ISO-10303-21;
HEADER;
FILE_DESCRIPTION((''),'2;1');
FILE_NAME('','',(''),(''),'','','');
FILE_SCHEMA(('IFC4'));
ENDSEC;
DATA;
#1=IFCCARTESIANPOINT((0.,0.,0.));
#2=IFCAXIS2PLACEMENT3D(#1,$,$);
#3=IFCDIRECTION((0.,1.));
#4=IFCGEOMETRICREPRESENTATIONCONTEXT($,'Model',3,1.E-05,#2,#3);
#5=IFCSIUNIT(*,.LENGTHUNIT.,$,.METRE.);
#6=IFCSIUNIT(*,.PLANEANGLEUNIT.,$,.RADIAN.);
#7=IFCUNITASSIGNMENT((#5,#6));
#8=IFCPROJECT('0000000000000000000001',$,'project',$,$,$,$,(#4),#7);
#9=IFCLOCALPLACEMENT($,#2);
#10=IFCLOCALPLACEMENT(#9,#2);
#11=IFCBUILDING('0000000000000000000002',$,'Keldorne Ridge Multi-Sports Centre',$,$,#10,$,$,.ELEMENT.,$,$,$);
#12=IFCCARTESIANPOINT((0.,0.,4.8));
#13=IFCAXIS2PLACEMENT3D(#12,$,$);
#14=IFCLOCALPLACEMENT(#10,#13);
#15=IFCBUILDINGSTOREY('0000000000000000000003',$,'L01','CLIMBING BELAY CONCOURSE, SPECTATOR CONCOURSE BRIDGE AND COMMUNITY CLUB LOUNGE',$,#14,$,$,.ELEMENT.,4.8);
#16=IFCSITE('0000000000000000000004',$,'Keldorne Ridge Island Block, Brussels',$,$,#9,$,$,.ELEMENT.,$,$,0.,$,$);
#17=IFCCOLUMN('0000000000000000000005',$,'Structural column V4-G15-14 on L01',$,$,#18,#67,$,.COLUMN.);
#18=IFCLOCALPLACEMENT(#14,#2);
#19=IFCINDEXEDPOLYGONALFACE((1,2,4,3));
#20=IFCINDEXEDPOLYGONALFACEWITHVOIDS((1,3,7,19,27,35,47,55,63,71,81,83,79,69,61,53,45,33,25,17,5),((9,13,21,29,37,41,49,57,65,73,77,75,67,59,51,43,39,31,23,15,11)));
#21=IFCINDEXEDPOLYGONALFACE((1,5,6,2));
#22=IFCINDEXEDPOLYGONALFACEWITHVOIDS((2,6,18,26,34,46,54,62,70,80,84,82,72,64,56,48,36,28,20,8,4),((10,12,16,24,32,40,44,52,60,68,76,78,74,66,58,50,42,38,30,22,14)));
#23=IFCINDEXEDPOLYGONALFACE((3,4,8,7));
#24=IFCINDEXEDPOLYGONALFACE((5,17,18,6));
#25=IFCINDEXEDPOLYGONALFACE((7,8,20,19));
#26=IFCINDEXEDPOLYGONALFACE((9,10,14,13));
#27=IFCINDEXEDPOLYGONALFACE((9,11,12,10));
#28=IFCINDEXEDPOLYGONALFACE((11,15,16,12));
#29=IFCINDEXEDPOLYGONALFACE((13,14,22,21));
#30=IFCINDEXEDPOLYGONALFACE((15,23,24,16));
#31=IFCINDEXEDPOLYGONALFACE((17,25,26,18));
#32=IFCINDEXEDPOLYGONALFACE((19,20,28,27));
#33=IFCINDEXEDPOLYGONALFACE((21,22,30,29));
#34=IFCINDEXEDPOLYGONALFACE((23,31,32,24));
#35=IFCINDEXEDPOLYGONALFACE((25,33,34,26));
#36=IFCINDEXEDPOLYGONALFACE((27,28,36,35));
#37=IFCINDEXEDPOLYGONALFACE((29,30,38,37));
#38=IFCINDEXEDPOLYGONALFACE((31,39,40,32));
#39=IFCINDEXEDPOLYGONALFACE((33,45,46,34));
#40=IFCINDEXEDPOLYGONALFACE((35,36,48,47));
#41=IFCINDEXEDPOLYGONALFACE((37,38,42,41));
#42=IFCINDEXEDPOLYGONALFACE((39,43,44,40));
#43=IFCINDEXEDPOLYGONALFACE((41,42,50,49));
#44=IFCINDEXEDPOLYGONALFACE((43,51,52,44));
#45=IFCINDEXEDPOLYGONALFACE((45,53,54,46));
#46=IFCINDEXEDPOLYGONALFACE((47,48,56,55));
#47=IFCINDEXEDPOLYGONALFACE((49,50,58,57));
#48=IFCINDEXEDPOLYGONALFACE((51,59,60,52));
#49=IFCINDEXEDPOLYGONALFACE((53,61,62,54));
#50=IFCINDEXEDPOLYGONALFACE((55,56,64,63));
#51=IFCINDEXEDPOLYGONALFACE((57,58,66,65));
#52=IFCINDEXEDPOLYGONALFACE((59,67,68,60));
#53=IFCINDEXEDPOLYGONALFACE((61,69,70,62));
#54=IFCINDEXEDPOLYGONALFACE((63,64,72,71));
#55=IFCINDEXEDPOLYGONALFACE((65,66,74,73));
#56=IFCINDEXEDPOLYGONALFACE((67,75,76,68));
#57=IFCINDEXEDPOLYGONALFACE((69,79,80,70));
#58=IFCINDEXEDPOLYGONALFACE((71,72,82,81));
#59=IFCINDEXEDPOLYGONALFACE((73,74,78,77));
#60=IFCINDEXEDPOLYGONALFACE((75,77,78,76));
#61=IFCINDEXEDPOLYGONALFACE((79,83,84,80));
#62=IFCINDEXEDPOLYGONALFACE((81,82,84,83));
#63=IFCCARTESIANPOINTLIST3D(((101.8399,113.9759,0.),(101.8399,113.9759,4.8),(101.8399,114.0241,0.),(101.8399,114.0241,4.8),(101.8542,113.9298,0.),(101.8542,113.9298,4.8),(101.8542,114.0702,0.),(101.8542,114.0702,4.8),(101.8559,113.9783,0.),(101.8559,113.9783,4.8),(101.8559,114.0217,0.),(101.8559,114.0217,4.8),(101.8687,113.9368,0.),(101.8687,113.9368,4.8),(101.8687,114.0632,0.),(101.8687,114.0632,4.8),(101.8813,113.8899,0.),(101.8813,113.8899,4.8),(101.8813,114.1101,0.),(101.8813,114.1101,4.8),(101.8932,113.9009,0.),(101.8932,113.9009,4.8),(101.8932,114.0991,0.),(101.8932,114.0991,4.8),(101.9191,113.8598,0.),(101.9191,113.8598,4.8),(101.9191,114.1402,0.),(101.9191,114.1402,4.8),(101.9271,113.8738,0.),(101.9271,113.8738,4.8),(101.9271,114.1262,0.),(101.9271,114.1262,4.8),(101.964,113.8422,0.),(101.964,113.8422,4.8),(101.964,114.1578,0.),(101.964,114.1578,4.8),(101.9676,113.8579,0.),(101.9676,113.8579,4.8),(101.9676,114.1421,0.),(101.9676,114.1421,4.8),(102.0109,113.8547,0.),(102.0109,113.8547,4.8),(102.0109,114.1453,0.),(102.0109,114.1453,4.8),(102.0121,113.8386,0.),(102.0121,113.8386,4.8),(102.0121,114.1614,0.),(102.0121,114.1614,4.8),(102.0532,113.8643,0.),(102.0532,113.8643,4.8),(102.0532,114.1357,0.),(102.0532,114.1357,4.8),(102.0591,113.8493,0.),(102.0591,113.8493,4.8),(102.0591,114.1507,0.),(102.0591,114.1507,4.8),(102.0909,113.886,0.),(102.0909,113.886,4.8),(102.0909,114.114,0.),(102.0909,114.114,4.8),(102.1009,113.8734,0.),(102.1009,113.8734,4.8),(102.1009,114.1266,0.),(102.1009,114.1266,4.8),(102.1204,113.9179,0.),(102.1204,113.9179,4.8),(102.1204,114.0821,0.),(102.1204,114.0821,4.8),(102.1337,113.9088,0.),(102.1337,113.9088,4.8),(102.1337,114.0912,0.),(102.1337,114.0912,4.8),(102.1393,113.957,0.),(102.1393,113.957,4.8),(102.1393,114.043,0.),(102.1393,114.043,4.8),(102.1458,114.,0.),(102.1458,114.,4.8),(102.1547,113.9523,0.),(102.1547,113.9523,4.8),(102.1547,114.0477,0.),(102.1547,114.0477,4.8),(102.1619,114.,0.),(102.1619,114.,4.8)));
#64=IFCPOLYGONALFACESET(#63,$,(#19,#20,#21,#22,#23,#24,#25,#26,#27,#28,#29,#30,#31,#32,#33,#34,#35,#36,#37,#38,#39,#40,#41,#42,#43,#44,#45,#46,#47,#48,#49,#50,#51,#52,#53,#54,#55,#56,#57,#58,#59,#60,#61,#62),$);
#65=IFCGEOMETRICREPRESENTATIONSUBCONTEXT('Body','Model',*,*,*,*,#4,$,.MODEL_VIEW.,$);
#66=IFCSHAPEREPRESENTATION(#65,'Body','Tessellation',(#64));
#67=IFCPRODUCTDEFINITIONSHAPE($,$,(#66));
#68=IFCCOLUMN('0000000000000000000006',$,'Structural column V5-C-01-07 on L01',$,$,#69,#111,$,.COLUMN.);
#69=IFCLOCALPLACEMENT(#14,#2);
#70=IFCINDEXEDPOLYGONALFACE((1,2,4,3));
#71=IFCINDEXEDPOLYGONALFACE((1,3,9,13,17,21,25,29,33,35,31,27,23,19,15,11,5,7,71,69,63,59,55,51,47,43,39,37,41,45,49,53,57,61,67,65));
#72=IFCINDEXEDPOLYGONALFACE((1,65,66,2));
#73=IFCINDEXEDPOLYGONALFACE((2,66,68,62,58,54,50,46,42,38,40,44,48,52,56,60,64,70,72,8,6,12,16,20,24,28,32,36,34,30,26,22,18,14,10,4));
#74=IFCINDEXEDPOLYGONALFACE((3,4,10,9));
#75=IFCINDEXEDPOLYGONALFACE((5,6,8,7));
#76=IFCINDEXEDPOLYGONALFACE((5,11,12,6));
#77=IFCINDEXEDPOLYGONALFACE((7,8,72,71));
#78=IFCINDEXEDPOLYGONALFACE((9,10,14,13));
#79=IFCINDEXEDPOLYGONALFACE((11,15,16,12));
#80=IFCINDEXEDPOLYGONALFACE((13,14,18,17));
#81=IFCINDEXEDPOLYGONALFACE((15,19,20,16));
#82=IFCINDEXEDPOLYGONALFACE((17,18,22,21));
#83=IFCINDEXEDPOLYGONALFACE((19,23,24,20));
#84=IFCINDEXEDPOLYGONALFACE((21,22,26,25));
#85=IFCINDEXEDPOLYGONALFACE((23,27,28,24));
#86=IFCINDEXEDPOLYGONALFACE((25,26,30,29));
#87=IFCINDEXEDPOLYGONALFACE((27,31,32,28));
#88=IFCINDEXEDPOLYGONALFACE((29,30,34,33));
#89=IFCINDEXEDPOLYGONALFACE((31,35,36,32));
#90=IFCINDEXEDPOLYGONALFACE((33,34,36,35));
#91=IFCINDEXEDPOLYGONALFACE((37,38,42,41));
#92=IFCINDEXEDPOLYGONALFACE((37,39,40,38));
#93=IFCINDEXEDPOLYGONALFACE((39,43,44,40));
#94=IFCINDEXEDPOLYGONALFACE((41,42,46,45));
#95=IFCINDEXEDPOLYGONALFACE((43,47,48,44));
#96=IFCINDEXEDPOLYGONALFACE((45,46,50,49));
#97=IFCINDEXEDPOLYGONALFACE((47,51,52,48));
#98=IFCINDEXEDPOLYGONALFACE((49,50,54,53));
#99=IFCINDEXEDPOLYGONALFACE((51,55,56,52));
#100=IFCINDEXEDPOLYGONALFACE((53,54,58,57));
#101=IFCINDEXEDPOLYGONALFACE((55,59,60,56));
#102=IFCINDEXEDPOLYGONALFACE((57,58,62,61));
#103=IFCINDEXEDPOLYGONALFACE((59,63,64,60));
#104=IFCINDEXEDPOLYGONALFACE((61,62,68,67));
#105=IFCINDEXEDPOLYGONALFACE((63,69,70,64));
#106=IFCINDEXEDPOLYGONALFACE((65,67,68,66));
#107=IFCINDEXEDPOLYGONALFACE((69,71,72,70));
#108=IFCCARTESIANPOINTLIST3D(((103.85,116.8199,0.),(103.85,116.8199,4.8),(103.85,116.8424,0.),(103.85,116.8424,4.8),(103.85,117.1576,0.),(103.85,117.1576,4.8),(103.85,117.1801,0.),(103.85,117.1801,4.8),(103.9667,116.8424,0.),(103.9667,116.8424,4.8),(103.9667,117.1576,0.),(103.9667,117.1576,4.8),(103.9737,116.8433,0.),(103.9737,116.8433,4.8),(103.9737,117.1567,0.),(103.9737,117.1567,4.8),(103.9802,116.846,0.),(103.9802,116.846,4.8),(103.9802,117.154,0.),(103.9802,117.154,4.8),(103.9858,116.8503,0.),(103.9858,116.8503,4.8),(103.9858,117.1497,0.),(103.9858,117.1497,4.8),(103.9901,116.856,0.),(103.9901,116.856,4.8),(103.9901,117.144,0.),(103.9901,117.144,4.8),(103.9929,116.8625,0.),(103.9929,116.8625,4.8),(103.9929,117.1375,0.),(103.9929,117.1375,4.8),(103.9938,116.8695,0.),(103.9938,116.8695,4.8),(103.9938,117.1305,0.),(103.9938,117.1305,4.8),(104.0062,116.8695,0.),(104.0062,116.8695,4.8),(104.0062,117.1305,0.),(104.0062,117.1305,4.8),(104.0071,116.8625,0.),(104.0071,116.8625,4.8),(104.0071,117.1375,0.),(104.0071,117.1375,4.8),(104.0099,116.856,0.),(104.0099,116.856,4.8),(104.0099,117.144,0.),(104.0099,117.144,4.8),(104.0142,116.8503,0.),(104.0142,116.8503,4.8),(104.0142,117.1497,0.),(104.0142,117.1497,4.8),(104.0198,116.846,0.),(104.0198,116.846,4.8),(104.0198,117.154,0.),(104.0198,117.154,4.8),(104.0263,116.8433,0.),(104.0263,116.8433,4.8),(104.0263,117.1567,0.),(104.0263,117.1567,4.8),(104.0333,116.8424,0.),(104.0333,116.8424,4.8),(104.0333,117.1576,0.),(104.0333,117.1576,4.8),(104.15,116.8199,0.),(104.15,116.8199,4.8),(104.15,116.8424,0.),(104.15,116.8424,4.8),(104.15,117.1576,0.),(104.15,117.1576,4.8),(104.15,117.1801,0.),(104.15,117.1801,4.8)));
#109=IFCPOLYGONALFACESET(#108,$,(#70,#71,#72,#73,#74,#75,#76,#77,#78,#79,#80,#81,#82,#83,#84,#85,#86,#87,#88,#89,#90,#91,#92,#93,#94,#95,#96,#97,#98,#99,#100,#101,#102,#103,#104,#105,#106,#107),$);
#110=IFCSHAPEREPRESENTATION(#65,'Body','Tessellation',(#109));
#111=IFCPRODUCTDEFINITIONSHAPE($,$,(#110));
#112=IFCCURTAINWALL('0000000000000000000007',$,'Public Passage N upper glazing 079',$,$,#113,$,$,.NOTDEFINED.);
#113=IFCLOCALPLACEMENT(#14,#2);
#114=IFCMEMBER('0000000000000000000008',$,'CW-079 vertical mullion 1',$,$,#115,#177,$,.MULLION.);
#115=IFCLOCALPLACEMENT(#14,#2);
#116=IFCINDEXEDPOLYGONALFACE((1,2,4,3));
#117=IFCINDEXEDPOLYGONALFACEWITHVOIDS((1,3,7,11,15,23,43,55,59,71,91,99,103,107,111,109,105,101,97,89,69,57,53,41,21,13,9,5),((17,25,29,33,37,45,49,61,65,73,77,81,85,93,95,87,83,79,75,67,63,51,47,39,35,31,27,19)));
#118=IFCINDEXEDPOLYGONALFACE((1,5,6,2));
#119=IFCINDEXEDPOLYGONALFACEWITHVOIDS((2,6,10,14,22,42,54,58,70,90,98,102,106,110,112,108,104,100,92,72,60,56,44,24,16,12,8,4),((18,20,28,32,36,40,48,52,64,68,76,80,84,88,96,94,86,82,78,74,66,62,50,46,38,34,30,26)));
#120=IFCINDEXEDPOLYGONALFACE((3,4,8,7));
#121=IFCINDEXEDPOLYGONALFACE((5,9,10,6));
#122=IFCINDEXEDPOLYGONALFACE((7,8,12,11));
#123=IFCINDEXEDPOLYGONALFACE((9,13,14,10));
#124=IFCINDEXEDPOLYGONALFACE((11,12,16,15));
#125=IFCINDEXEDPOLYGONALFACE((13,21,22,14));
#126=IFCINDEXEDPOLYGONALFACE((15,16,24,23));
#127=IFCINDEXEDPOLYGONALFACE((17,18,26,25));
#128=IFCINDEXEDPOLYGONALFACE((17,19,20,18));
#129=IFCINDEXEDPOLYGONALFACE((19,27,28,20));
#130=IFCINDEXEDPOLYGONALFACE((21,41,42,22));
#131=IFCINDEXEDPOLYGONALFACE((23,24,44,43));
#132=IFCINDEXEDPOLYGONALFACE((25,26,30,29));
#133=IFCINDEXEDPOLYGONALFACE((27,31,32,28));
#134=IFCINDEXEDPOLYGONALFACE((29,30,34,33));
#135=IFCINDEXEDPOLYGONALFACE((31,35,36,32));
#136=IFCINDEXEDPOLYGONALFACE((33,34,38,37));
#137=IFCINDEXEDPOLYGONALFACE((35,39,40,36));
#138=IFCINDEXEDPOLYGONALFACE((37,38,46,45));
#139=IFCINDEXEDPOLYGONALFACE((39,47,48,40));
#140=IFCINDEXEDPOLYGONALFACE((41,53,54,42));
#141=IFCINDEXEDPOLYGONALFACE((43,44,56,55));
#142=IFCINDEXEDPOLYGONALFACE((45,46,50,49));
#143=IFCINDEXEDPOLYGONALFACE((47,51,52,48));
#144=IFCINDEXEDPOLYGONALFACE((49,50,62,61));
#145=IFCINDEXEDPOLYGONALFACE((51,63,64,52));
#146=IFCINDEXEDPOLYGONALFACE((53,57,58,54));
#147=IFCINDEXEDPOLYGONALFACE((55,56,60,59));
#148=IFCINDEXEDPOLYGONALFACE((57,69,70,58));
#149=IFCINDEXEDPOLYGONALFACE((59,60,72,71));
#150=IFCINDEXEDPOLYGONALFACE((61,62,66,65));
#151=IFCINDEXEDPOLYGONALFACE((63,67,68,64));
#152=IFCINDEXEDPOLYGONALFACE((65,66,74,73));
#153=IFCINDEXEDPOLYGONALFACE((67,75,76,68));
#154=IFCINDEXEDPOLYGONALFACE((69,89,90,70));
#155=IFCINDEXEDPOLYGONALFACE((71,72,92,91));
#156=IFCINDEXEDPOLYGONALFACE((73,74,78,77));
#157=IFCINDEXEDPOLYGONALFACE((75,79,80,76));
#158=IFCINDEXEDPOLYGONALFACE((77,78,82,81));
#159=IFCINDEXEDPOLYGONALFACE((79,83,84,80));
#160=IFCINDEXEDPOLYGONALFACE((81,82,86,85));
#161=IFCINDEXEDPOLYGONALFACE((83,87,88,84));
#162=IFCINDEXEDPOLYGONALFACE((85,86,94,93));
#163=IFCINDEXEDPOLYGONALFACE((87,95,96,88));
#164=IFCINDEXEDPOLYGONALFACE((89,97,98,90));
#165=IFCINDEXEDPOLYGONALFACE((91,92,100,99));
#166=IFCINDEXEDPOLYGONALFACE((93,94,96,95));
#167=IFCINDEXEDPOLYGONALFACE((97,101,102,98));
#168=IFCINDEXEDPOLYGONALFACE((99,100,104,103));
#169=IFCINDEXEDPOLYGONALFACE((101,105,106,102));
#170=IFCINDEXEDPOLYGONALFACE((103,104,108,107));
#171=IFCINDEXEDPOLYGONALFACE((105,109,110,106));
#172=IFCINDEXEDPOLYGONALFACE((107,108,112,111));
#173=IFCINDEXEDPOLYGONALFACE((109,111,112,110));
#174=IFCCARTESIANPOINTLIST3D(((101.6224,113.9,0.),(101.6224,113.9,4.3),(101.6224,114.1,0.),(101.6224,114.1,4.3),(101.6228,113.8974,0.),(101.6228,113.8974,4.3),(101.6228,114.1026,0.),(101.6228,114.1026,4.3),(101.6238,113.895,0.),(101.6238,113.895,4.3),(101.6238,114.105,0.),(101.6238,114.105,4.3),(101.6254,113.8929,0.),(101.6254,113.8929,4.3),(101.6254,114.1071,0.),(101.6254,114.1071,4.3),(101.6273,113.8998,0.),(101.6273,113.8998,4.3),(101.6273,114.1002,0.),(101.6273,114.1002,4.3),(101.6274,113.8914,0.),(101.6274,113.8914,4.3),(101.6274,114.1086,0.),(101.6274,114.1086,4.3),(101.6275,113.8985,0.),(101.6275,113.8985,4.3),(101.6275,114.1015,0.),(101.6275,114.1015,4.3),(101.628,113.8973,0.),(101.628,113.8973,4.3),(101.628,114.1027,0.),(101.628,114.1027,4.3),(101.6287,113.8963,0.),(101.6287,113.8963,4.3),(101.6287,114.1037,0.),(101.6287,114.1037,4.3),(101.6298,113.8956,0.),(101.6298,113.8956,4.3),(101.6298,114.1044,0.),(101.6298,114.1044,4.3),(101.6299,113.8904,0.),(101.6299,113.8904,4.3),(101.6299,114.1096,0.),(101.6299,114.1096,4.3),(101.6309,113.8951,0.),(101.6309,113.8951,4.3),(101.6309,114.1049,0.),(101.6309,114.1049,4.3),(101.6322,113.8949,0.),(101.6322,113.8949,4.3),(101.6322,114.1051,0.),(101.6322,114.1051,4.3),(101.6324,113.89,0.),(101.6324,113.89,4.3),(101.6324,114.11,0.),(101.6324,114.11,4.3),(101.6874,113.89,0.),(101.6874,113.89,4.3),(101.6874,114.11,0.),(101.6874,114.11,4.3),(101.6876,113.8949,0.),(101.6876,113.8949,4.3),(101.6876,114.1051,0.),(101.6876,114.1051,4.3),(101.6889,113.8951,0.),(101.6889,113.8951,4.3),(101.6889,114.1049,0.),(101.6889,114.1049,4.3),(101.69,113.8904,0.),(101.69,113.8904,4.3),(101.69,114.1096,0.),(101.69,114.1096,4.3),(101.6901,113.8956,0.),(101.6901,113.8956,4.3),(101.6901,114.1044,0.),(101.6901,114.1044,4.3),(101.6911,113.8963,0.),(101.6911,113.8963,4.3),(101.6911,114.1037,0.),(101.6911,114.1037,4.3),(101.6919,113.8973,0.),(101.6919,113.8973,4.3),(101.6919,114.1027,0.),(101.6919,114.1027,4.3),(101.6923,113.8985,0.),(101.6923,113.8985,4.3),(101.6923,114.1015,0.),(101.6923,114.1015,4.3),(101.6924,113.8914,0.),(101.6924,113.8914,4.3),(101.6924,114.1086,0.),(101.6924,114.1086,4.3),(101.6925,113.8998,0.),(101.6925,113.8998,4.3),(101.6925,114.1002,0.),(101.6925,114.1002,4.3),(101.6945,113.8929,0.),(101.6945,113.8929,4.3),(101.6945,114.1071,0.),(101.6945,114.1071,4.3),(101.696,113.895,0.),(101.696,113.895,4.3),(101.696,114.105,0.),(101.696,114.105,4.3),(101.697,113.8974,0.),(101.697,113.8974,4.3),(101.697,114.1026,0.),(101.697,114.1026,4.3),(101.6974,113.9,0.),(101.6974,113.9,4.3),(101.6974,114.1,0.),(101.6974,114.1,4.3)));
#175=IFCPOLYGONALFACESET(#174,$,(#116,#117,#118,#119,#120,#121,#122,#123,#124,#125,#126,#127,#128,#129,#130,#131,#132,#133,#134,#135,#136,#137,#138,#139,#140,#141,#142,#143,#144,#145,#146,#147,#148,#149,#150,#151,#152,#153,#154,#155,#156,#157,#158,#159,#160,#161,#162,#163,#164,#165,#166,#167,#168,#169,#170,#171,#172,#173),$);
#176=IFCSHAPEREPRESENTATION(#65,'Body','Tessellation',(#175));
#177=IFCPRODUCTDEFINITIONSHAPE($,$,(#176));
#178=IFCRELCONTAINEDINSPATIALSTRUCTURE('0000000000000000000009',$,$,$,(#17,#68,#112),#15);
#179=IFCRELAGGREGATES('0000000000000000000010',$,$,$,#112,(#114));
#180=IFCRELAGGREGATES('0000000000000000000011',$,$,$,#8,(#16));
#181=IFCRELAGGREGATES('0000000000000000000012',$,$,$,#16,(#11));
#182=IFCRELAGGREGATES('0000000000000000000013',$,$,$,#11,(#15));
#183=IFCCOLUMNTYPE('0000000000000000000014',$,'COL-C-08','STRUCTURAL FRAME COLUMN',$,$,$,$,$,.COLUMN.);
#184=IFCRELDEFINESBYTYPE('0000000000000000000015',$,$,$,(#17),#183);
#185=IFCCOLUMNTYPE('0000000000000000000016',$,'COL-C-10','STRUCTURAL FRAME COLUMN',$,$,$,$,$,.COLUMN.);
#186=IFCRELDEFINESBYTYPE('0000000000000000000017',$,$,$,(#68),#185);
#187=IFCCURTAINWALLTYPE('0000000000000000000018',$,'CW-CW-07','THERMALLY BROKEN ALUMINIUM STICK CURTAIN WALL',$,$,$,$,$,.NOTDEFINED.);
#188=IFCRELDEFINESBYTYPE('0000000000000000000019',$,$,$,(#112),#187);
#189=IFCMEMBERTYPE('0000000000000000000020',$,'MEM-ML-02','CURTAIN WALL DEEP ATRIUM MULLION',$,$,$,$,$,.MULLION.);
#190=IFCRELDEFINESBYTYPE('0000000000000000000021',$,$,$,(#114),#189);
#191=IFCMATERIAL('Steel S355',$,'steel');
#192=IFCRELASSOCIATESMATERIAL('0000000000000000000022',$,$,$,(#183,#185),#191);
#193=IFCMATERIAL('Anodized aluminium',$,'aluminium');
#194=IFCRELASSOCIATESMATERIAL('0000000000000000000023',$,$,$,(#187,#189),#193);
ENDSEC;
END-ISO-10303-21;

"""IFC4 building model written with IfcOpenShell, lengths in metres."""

from ifc_helpers import new_model, si_unit, direction, frame, origin, origin_2d, place, context, subcontext, project, spatial, hollow_rectangle, hollow_circle, i_section, extrude, material, material_profile, profile_set, type_object, element, aggregate, save


model = new_model("IFC4")

# Units and contexts
model_context = context("Model", 3, precision=1e-05, world=origin(), true_north=direction((0.0, 1.0)))
body_context = subcontext(model_context, "Body", "Model", "MODEL_VIEW")
ifc_project = project(units=[si_unit("LENGTHUNIT", "METRE"), si_unit("PLANEANGLEUNIT", "RADIAN")], contexts=[model_context])

# Site, building, storey
site_placement = place(None, origin())
site = spatial("IfcSite", under=ifc_project, at=site_placement, Name="Keldorne Ridge Island Block, Brussels", CompositionType="ELEMENT", RefElevation=0.0)
building_placement = place(site_placement, origin())
building = spatial("IfcBuilding", under=site, at=building_placement, Name="Keldorne Ridge Multi-Sports Centre", CompositionType="ELEMENT")
storey_placement = place(building_placement, frame((0.0, 0.0, 4.8)))
storey = spatial("IfcBuildingStorey", under=building, at=storey_placement, Name="L01", Description="CLIMBING BELAY CONCOURSE, SPECTATOR CONCOURSE BRIDGE AND COMMUNITY CLUB LOUNGE", CompositionType="ELEMENT", Elevation=4.8)

# Columns
ifc_material_1 = material(Name="Steel S355", Category="steel")
ifc_material_profile_1 = material_profile(ifc_material_1, hollow_circle(Radius=0.1619, WallThickness=0.0161, at=origin_2d()), Name="CHS 323.9x16")
ifc_profile_set_1 = profile_set([ifc_material_profile_1], Name="Steel S355")
column_type_1 = type_object("IfcColumnType", Name="COL-C-08", Description="STRUCTURAL FRAME COLUMN", PredefinedType="COLUMN", material=ifc_profile_set_1)
column_1_placement = place(storey_placement, frame((102.0, 114.0, 0.0), z_axis=(0.0, 0.0, 1.0), x_axis=(1.0, 0.0, 0.0)))
element("IfcColumn", 1, at=column_1_placement, inside=storey, type_object=column_type_1, Name="Structural column V4-G15-14 on L01", PredefinedType="COLUMN", context=body_context, shape_type="SweptSolid", body=[
    extrude(hollow_circle(Radius=0.1619, WallThickness=0.0161, at=origin_2d()), origin(), (0.0, 0.0, 1.0), 4.8),
])
ifc_material_profile_2 = material_profile(ifc_material_1, i_section(OverallWidth=0.3, OverallDepth=0.3601, WebThickness=0.0125, FlangeThickness=0.0225, FilletRadius=0.0271, at=origin_2d()), Name="HEB 360")
ifc_profile_set_2 = profile_set([ifc_material_profile_2], Name="Steel S355")
column_type_2 = type_object("IfcColumnType", Name="COL-C-10", Description="STRUCTURAL FRAME COLUMN", PredefinedType="COLUMN", material=ifc_profile_set_2)
column_2_placement = place(storey_placement, frame((104.0, 117.0, 0.0), z_axis=(0.0, 0.0, 1.0), x_axis=(1.0, 0.0, 0.0)))
element("IfcColumn", 2, at=column_2_placement, inside=storey, type_object=column_type_2, Name="Structural column V5-C-01-07 on L01", PredefinedType="COLUMN", context=body_context, shape_type="SweptSolid", body=[
    extrude(i_section(OverallWidth=0.3, OverallDepth=0.3601, WebThickness=0.0125, FlangeThickness=0.0225, FilletRadius=0.0271, at=origin_2d()), origin(), (0.0, 0.0, 1.0), 4.8),
])

# Curtain wall, member
ifc_material_2 = material(Name="Anodized aluminium", Category="aluminium")
curtain_wall_type = type_object("IfcCurtainWallType", Name="CW-CW-07", Description="THERMALLY BROKEN ALUMINIUM STICK CURTAIN WALL", PredefinedType="NOTDEFINED", material=ifc_material_2)
curtain_wall_placement = place(storey_placement, origin())
curtain_wall = element("IfcCurtainWall", 3, at=curtain_wall_placement, inside=storey, type_object=curtain_wall_type, Name="Public Passage N upper glazing 079", PredefinedType="NOTDEFINED")
ifc_material_profile_3 = material_profile(ifc_material_2, hollow_rectangle(XDim=0.075, YDim=0.22, WallThickness=0.0049, InnerFilletRadius=0.0049, OuterFilletRadius=0.01, at=origin_2d()), Name="ALU MULLION 220x75x5")
ifc_profile_set_3 = profile_set([ifc_material_profile_3], Name="Anodized aluminium")
member_type_1 = type_object("IfcMemberType", Name="MEM-ML-02", Description="CURTAIN WALL DEEP ATRIUM MULLION", PredefinedType="MULLION", material=ifc_profile_set_3)
member_1_placement = place(storey_placement, frame((101.6599, 114.0, 0.0), z_axis=(0.0, 0.0, 1.0), x_axis=(1.0, 0.0, 0.0)))
member_1 = element("IfcMember", 4, at=member_1_placement, type_object=member_type_1, Name="CW-079 vertical mullion 1", PredefinedType="MULLION", context=body_context, shape_type="SweptSolid", body=[
    extrude(hollow_rectangle(XDim=0.075, YDim=0.22, WallThickness=0.0049, InnerFilletRadius=0.0049, OuterFilletRadius=0.01, at=origin_2d()), origin(), (0.0, 0.0, 1.0), 4.3),
])
aggregate(curtain_wall, [member_1])

save(model, "model.ifc")
